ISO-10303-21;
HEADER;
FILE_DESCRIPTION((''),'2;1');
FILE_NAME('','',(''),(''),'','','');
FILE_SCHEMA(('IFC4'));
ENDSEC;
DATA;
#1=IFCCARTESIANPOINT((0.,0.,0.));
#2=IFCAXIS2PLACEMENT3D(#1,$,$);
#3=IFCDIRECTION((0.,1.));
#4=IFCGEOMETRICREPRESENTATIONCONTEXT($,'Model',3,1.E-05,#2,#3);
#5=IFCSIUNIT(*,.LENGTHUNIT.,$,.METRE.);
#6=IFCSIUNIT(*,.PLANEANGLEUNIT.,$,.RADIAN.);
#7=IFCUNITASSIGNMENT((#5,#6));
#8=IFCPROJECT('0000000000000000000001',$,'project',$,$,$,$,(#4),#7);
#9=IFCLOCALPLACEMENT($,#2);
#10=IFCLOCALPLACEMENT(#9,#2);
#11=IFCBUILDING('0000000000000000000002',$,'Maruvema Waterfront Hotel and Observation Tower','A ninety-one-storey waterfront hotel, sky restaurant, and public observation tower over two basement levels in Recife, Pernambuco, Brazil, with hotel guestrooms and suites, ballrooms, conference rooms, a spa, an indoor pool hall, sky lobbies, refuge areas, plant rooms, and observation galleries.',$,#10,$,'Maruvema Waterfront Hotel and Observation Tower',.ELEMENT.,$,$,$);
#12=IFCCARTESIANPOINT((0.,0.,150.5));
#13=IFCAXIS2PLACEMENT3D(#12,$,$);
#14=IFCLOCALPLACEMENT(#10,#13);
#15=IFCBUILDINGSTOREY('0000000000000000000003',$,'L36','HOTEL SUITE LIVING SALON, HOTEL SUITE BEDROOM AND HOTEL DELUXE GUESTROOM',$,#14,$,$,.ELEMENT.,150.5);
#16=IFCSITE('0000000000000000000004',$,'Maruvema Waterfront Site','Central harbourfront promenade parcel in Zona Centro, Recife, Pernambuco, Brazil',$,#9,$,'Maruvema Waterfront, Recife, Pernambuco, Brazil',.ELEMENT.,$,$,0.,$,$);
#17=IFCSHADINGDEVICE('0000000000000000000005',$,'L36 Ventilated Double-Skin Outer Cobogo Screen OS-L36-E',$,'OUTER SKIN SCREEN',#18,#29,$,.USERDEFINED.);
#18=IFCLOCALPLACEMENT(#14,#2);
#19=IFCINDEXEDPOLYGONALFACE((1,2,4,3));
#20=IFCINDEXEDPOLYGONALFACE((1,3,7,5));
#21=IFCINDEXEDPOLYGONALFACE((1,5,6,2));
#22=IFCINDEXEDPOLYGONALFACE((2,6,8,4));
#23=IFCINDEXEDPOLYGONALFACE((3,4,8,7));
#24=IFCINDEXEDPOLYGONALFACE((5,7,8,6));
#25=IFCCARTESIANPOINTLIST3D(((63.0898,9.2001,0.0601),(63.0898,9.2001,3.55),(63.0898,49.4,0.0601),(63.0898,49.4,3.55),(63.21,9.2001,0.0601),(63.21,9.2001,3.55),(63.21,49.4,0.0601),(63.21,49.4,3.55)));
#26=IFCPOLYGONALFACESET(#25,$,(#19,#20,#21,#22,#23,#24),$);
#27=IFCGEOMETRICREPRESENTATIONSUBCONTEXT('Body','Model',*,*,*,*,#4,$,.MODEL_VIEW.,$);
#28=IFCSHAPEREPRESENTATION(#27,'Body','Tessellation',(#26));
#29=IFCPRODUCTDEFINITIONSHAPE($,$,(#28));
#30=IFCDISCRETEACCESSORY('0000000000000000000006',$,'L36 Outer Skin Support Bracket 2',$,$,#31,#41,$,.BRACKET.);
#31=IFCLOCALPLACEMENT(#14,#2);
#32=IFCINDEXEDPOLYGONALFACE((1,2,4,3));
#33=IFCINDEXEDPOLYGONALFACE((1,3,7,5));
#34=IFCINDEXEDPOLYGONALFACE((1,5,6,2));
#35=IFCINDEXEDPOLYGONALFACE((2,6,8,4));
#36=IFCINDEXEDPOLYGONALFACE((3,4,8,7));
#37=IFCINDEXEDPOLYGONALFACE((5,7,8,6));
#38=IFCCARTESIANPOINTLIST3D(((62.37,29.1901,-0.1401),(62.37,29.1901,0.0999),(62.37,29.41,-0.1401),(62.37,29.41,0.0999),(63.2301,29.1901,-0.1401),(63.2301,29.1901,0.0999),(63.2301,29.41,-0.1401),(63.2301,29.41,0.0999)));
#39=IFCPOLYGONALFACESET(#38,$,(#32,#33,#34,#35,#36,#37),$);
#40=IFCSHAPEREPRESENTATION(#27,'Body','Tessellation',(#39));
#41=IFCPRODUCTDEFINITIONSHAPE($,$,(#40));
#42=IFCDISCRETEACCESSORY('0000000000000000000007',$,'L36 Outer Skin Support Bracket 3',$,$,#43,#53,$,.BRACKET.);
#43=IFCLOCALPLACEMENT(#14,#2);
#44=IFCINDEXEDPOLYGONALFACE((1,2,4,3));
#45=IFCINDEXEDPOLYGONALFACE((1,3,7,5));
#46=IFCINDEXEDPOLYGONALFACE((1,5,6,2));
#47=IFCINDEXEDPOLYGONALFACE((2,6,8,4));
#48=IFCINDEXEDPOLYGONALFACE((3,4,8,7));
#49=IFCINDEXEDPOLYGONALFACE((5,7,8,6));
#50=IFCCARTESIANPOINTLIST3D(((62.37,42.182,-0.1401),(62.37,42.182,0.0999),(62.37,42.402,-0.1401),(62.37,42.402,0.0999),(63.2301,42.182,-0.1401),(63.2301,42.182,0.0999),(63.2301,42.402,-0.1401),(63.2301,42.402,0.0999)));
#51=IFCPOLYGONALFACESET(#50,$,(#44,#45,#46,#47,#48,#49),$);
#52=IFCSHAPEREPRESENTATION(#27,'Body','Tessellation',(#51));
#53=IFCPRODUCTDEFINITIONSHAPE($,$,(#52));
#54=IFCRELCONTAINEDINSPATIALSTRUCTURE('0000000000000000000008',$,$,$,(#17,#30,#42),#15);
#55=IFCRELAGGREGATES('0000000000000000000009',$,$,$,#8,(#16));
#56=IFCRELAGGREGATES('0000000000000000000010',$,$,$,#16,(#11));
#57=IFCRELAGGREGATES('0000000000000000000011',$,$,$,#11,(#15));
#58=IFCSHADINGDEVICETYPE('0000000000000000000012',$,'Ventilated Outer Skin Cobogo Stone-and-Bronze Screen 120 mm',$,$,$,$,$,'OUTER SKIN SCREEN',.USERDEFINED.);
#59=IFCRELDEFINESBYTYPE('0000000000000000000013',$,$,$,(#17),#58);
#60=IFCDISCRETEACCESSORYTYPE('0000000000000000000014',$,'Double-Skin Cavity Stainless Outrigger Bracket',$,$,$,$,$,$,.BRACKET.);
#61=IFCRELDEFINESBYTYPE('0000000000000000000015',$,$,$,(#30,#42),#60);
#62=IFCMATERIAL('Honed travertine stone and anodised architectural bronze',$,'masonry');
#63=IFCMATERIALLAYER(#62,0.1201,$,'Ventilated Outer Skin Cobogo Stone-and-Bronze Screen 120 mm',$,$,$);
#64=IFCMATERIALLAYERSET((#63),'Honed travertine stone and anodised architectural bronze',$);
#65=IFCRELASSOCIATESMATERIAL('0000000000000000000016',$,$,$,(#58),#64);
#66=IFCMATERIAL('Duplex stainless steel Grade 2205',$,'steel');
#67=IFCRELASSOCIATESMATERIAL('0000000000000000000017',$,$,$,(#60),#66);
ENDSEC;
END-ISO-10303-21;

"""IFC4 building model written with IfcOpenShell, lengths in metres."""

from ifc_helpers import new_model, si_unit, direction, frame, origin, origin_2d, place, context, subcontext, project, spatial, rectangle, extrude, material, layer, layer_set, type_object, element, save


model = new_model("IFC4")

# Units and contexts
model_context = context("Model", 3, precision=1e-05, world=origin(), true_north=direction((0.0, 1.0)))
body_context = subcontext(model_context, "Body", "Model", "MODEL_VIEW")
ifc_project = project(units=[si_unit("LENGTHUNIT", "METRE"), si_unit("PLANEANGLEUNIT", "RADIAN")], contexts=[model_context])

# Site, building, storey
site_placement = place(None, origin())
site = spatial("IfcSite", under=ifc_project, at=site_placement, Name="Maruvema Waterfront Site", Description="Central harbourfront promenade parcel in Zona Centro, Recife, Pernambuco, Brazil", LongName="Maruvema Waterfront, Recife, Pernambuco, Brazil", CompositionType="ELEMENT", RefElevation=0.0)
building_placement = place(site_placement, origin())
building = spatial("IfcBuilding", under=site, at=building_placement, Name="Maruvema Waterfront Hotel and Observation Tower", Description="A ninety-one-storey waterfront hotel, sky restaurant, and public observation tower over two basement levels in Recife, Pernambuco, Brazil, with hotel guestrooms and suites, ballrooms, conference rooms, a spa, an indoor pool hall, sky lobbies, refuge areas, plant rooms, and observation galleries.", LongName="Maruvema Waterfront Hotel and Observation Tower", CompositionType="ELEMENT")
storey_placement = place(building_placement, frame((0.0, 0.0, 150.5)))
storey = spatial("IfcBuildingStorey", under=building, at=storey_placement, Name="L36", Description="HOTEL SUITE LIVING SALON, HOTEL SUITE BEDROOM AND HOTEL DELUXE GUESTROOM", CompositionType="ELEMENT", Elevation=150.5)

# Shading device
ifc_material_1 = material(Name="Honed travertine stone and anodised architectural bronze", Category="masonry")
ifc_layer_1 = layer(ifc_material_1, 0.1201, Name="Ventilated Outer Skin Cobogo Stone-and-Bronze Screen 120 mm")
ifc_layer_set_1 = layer_set([ifc_layer_1], Name="Honed travertine stone and anodised architectural bronze")
shading_device_type = type_object("IfcShadingDeviceType", Name="Ventilated Outer Skin Cobogo Stone-and-Bronze Screen 120 mm", ElementType="OUTER SKIN SCREEN", PredefinedType="USERDEFINED", material=ifc_layer_set_1)
shading_device_placement = place(storey_placement, frame((63.1499, 29.3, 0.0601), z_axis=(0.0, 0.0, 1.0), x_axis=(0.0, 1.0, 0.0)))
element("IfcShadingDevice", 1, at=shading_device_placement, inside=storey, type_object=shading_device_type, Name="L36 Ventilated Double-Skin Outer Cobogo Screen OS-L36-E", ObjectType="OUTER SKIN SCREEN", PredefinedType="USERDEFINED", context=body_context, shape_type="SweptSolid", body=[
    extrude(rectangle(XDim=40.2, YDim=0.1201, at=origin_2d()), origin(), (0.0, 0.0, 1.0), 3.49),
])

# Discrete accessories
ifc_material_2 = material(Name="Duplex stainless steel Grade 2205", Category="steel")
discrete_accessory_type = type_object("IfcDiscreteAccessoryType", Name="Double-Skin Cavity Stainless Outrigger Bracket", PredefinedType="BRACKET", material=ifc_material_2)
for number, where, z_axis, x_axis, name in (
    (2, (62.8, 29.3, -0.1401), (0.0, 0.0, 1.0), (0.0, 1.0, 0.0), "L36 Outer Skin Support Bracket 2"),
    (3, (62.8, 42.292, -0.1401), (0.0, 0.0, 1.0), (0.0, 1.0, 0.0), "L36 Outer Skin Support Bracket 3"),
):
    element("IfcDiscreteAccessory", number, at=place(storey_placement, frame(where, z_axis=z_axis, x_axis=x_axis)), inside=storey, type_object=discrete_accessory_type, Name=name, PredefinedType="BRACKET", context=body_context, shape_type="SweptSolid", body=[
        extrude(rectangle(XDim=0.22, YDim=0.8601, at=origin_2d()), origin(), (0.0, 0.0, 1.0), 0.24),
    ])

save(model, "model.ifc")
